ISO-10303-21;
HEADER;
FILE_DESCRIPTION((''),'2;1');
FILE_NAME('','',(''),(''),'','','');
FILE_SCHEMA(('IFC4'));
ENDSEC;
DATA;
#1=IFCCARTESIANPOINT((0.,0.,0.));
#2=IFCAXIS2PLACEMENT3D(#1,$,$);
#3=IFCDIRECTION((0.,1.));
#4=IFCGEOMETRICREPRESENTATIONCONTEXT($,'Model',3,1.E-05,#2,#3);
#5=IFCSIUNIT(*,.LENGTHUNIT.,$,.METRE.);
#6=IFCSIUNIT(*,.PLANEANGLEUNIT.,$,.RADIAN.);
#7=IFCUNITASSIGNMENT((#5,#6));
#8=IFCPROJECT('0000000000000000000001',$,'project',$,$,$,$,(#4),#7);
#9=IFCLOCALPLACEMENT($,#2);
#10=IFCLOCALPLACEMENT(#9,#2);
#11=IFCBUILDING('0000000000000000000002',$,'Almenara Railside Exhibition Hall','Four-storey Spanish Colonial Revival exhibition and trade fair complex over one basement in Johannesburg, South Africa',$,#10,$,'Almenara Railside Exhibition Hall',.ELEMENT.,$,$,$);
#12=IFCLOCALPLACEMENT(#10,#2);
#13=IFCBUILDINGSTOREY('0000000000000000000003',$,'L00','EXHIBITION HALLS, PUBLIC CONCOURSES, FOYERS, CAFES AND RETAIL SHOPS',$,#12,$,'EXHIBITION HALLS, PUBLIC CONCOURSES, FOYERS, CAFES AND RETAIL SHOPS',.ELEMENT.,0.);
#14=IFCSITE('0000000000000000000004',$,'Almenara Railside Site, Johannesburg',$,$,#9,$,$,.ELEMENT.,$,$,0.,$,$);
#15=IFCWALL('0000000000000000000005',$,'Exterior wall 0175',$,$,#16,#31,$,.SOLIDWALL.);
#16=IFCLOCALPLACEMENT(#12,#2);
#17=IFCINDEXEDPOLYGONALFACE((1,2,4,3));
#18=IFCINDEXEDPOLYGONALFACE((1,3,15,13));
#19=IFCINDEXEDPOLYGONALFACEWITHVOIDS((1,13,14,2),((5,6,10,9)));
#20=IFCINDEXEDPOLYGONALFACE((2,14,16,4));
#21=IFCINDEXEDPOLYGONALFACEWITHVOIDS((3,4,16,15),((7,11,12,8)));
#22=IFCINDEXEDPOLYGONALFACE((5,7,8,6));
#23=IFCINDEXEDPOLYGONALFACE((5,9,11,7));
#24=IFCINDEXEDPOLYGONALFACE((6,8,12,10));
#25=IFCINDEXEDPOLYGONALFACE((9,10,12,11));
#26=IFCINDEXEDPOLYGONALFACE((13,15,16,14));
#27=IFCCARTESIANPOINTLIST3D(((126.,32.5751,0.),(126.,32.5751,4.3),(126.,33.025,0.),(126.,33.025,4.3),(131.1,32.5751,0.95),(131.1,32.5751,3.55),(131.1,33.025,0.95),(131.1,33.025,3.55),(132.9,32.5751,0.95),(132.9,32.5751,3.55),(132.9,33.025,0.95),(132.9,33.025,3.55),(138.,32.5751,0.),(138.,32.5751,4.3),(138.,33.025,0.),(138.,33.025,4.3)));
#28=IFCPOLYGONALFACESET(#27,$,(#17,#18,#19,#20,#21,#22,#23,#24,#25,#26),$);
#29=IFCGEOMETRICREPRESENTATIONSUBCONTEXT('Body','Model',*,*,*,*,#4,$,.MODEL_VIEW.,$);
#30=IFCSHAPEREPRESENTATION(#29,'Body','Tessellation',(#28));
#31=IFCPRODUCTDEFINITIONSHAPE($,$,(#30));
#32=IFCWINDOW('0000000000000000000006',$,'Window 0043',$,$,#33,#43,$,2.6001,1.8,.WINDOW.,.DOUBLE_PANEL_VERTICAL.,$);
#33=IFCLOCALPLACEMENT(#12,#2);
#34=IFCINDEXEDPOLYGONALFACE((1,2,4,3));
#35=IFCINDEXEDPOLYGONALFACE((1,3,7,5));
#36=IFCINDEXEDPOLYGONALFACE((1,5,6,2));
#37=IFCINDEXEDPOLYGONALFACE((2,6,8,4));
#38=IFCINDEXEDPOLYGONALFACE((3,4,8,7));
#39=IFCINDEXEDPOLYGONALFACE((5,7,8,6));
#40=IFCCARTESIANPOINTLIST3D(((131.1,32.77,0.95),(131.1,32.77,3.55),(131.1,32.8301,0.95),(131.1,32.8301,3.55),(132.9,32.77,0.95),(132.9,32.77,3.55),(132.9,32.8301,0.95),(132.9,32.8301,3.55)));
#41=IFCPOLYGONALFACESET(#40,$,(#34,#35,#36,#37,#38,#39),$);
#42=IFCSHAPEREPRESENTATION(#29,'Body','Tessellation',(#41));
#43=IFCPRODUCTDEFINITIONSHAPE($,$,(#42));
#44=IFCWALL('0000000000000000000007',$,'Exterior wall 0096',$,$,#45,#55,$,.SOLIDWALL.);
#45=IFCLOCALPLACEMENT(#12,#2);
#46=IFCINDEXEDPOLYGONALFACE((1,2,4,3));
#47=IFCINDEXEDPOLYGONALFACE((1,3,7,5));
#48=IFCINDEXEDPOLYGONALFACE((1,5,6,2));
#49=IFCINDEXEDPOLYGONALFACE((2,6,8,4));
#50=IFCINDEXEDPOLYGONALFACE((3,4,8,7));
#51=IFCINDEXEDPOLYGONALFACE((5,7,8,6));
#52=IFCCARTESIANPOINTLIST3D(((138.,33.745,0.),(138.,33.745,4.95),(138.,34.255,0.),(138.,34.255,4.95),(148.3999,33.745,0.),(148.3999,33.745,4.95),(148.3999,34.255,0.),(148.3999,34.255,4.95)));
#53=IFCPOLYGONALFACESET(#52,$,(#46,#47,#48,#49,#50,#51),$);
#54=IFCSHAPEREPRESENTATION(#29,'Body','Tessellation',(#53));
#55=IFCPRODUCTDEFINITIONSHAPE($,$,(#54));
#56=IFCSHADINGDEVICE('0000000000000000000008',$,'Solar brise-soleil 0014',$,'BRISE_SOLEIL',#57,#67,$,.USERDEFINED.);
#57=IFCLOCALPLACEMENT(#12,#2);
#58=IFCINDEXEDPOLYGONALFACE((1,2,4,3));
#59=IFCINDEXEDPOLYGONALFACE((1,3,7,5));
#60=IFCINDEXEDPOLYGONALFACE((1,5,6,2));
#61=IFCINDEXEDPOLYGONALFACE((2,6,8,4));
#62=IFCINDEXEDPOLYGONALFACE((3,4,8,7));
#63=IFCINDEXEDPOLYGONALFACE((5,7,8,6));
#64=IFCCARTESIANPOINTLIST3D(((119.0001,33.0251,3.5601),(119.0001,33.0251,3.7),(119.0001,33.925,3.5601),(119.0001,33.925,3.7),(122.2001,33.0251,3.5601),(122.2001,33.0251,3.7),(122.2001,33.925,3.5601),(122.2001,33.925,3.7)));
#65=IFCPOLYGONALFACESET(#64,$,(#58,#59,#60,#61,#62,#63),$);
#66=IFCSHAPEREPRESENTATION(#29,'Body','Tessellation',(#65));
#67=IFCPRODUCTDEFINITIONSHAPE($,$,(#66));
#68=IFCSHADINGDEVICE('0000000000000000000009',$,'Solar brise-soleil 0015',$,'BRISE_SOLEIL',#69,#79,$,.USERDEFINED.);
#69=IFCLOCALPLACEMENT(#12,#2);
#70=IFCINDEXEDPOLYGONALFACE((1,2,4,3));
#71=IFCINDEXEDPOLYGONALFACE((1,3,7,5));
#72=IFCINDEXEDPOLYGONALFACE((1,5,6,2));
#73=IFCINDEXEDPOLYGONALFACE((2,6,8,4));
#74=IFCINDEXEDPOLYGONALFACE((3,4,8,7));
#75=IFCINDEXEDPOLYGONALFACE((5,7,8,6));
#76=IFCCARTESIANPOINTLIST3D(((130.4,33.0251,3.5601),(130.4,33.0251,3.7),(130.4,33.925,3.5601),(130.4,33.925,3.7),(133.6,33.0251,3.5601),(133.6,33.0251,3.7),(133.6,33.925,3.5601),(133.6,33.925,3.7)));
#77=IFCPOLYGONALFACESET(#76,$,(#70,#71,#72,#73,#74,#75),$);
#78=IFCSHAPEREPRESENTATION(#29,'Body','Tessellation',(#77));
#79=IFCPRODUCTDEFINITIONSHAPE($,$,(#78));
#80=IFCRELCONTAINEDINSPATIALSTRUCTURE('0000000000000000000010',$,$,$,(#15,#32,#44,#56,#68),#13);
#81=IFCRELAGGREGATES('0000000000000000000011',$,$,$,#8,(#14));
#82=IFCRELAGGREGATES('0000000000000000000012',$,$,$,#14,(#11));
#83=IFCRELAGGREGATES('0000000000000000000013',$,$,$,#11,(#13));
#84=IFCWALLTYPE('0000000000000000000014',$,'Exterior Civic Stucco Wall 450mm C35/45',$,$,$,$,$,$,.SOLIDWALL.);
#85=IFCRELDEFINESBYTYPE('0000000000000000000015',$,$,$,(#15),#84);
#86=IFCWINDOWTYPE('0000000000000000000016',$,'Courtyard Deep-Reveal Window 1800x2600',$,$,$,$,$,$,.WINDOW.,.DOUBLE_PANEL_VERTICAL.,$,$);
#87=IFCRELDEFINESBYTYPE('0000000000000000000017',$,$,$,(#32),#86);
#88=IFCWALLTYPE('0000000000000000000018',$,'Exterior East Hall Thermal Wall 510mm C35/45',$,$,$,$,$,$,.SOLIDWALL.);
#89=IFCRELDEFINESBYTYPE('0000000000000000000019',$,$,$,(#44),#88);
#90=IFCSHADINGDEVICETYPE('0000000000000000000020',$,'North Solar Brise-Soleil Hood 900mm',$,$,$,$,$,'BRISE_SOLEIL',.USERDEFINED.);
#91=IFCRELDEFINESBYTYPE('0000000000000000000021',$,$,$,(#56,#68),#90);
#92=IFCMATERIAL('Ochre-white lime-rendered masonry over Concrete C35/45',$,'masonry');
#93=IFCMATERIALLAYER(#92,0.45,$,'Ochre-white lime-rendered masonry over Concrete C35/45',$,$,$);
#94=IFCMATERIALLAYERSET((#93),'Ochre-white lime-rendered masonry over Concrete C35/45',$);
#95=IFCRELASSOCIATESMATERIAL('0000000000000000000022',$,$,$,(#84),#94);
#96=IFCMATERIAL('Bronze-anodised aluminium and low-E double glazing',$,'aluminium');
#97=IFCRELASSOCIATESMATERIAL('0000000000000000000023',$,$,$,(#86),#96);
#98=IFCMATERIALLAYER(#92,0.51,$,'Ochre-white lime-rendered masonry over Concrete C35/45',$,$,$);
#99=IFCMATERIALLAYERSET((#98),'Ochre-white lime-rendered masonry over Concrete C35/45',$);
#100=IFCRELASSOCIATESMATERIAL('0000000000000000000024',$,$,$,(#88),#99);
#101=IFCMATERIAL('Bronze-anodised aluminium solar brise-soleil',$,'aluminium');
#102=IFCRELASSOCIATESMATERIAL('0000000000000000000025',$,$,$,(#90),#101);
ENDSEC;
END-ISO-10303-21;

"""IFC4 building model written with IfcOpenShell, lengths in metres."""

from ifc_helpers import new_model, si_unit, direction, frame, frame_2d, origin, origin_2d, place, context, subcontext, project, spatial, rectangle, extrude, material, layer, layer_set, type_object, element, fill, save


model = new_model("IFC4")

# Units and contexts
model_context = context("Model", 3, precision=1e-05, world=origin(), true_north=direction((0.0, 1.0)))
body_context = subcontext(model_context, "Body", "Model", "MODEL_VIEW")
ifc_project = project(units=[si_unit("LENGTHUNIT", "METRE"), si_unit("PLANEANGLEUNIT", "RADIAN")], contexts=[model_context])

# Site, building, storey
site_placement = place(None, origin())
site = spatial("IfcSite", under=ifc_project, at=site_placement, Name="Almenara Railside Site, Johannesburg", CompositionType="ELEMENT", RefElevation=0.0)
building_placement = place(site_placement, origin())
building = spatial("IfcBuilding", under=site, at=building_placement, Name="Almenara Railside Exhibition Hall", Description="Four-storey Spanish Colonial Revival exhibition and trade fair complex over one basement in Johannesburg, South Africa", LongName="Almenara Railside Exhibition Hall", CompositionType="ELEMENT")
storey_placement = place(building_placement, origin())
storey = spatial("IfcBuildingStorey", under=building, at=storey_placement, Name="L00", Description="EXHIBITION HALLS, PUBLIC CONCOURSES, FOYERS, CAFES AND RETAIL SHOPS", LongName="EXHIBITION HALLS, PUBLIC CONCOURSES, FOYERS, CAFES AND RETAIL SHOPS", CompositionType="ELEMENT", Elevation=0.0)

# Wall, opening, window
ifc_material_1 = material(Name="Ochre-white lime-rendered masonry over Concrete C35/45", Category="masonry")
ifc_layer_1 = layer(ifc_material_1, 0.45, Name="Ochre-white lime-rendered masonry over Concrete C35/45")
ifc_layer_set_1 = layer_set([ifc_layer_1], Name="Ochre-white lime-rendered masonry over Concrete C35/45")
wall_type_1 = type_object("IfcWallType", Name="Exterior Civic Stucco Wall 450mm C35/45", PredefinedType="SOLIDWALL", material=ifc_layer_set_1)
ifc_material_2 = material(Name="Bronze-anodised aluminium and low-E double glazing", Category="aluminium")
window_type = type_object("IfcWindowType", Name="Courtyard Deep-Reveal Window 1800x2600", PartitioningType="DOUBLE_PANEL_VERTICAL", PredefinedType="WINDOW", material=ifc_material_2)
wall_1_placement = place(storey_placement, frame((138.0, 32.8, 0.0), z_axis=(0.0, 0.0, 1.0), x_axis=(-1.0, 0.0, 0.0)))
wall_1 = element("IfcWall", 1, at=wall_1_placement, inside=storey, type_object=wall_type_1, Name="Exterior wall 0175", PredefinedType="SOLIDWALL", context=body_context, shape_type="SweptSolid", body=[
    extrude(rectangle(XDim=12.0, YDim=0.45, at=frame_2d((6.0, 0.0))), origin(), (0.0, 0.0, 1.0), 4.3),
])
opening_1_placement = place(wall_1_placement, frame((5.1001, 0.0, 0.95)))
opening_1 = element("IfcOpeningElement", 2, at=opening_1_placement, cuts=wall_1, PredefinedType="OPENING", context=body_context, shape_type="SweptSolid", body=[
    extrude(rectangle(XDim=1.8, YDim=2.6001, at=frame_2d((0.8999, 1.3))), frame((0.0, 0.2349, 0.0), z_axis=(0.0, -1.0, 0.0), x_axis=(1.0, 0.0, 0.0)), (0.0, 0.0, 1.0), 0.47),
])
window_1_placement = place(opening_1_placement, origin())
window_1 = element("IfcWindow", 3, at=window_1_placement, inside=storey, type_object=window_type, Name="Window 0043", OverallHeight=2.6001, OverallWidth=1.8, PartitioningType="DOUBLE_PANEL_VERTICAL", PredefinedType="WINDOW", context=body_context, shape_type="SweptSolid", body=[
    extrude(rectangle(XDim=1.8, YDim=2.6001, at=frame_2d((0.8999, 1.3))), frame((0.0, 0.03, 0.0), z_axis=(0.0, -1.0, 0.0), x_axis=(1.0, 0.0, 0.0)), (0.0, 0.0, 1.0), 0.0601),
])
fill(opening_1, window_1)

# Wall
ifc_layer_2 = layer(ifc_material_1, 0.51, Name="Ochre-white lime-rendered masonry over Concrete C35/45")
ifc_layer_set_2 = layer_set([ifc_layer_2], Name="Ochre-white lime-rendered masonry over Concrete C35/45")
wall_type_2 = type_object("IfcWallType", Name="Exterior East Hall Thermal Wall 510mm C35/45", PredefinedType="SOLIDWALL", material=ifc_layer_set_2)
wall_2_placement = place(storey_placement, frame((138.0, 34.0, 0.0), z_axis=(0.0, 0.0, 1.0), x_axis=(1.0, 0.0, 0.0)))
element("IfcWall", 4, at=wall_2_placement, inside=storey, type_object=wall_type_2, Name="Exterior wall 0096", PredefinedType="SOLIDWALL", context=body_context, shape_type="SweptSolid", body=[
    extrude(rectangle(XDim=10.3999, YDim=0.51, at=frame_2d((5.2, 0.0))), origin(), (0.0, 0.0, 1.0), 4.95),
])

# Shading devices
ifc_material_3 = material(Name="Bronze-anodised aluminium solar brise-soleil", Category="aluminium")
shading_device_type = type_object("IfcShadingDeviceType", Name="North Solar Brise-Soleil Hood 900mm", ElementType="BRISE_SOLEIL", PredefinedType="USERDEFINED", material=ifc_material_3)
for number, where, z_axis, x_axis, name in (
    (5, (120.6001, 33.4751, 3.5601), (0.0, 0.0, 1.0), (-1.0, 0.0, 0.0), "Solar brise-soleil 0014"),
    (6, (132.0, 33.4751, 3.5601), (0.0, 0.0, 1.0), (-1.0, 0.0, 0.0), "Solar brise-soleil 0015"),
):
    element("IfcShadingDevice", number, at=place(storey_placement, frame(where, z_axis=z_axis, x_axis=x_axis)), inside=storey, type_object=shading_device_type, Name=name, ObjectType="BRISE_SOLEIL", PredefinedType="USERDEFINED", context=body_context, shape_type="SweptSolid", body=[
        extrude(rectangle(XDim=3.2, YDim=0.8999, at=origin_2d()), origin(), (0.0, 0.0, 1.0), 0.1399),
    ])

save(model, "model.ifc")
